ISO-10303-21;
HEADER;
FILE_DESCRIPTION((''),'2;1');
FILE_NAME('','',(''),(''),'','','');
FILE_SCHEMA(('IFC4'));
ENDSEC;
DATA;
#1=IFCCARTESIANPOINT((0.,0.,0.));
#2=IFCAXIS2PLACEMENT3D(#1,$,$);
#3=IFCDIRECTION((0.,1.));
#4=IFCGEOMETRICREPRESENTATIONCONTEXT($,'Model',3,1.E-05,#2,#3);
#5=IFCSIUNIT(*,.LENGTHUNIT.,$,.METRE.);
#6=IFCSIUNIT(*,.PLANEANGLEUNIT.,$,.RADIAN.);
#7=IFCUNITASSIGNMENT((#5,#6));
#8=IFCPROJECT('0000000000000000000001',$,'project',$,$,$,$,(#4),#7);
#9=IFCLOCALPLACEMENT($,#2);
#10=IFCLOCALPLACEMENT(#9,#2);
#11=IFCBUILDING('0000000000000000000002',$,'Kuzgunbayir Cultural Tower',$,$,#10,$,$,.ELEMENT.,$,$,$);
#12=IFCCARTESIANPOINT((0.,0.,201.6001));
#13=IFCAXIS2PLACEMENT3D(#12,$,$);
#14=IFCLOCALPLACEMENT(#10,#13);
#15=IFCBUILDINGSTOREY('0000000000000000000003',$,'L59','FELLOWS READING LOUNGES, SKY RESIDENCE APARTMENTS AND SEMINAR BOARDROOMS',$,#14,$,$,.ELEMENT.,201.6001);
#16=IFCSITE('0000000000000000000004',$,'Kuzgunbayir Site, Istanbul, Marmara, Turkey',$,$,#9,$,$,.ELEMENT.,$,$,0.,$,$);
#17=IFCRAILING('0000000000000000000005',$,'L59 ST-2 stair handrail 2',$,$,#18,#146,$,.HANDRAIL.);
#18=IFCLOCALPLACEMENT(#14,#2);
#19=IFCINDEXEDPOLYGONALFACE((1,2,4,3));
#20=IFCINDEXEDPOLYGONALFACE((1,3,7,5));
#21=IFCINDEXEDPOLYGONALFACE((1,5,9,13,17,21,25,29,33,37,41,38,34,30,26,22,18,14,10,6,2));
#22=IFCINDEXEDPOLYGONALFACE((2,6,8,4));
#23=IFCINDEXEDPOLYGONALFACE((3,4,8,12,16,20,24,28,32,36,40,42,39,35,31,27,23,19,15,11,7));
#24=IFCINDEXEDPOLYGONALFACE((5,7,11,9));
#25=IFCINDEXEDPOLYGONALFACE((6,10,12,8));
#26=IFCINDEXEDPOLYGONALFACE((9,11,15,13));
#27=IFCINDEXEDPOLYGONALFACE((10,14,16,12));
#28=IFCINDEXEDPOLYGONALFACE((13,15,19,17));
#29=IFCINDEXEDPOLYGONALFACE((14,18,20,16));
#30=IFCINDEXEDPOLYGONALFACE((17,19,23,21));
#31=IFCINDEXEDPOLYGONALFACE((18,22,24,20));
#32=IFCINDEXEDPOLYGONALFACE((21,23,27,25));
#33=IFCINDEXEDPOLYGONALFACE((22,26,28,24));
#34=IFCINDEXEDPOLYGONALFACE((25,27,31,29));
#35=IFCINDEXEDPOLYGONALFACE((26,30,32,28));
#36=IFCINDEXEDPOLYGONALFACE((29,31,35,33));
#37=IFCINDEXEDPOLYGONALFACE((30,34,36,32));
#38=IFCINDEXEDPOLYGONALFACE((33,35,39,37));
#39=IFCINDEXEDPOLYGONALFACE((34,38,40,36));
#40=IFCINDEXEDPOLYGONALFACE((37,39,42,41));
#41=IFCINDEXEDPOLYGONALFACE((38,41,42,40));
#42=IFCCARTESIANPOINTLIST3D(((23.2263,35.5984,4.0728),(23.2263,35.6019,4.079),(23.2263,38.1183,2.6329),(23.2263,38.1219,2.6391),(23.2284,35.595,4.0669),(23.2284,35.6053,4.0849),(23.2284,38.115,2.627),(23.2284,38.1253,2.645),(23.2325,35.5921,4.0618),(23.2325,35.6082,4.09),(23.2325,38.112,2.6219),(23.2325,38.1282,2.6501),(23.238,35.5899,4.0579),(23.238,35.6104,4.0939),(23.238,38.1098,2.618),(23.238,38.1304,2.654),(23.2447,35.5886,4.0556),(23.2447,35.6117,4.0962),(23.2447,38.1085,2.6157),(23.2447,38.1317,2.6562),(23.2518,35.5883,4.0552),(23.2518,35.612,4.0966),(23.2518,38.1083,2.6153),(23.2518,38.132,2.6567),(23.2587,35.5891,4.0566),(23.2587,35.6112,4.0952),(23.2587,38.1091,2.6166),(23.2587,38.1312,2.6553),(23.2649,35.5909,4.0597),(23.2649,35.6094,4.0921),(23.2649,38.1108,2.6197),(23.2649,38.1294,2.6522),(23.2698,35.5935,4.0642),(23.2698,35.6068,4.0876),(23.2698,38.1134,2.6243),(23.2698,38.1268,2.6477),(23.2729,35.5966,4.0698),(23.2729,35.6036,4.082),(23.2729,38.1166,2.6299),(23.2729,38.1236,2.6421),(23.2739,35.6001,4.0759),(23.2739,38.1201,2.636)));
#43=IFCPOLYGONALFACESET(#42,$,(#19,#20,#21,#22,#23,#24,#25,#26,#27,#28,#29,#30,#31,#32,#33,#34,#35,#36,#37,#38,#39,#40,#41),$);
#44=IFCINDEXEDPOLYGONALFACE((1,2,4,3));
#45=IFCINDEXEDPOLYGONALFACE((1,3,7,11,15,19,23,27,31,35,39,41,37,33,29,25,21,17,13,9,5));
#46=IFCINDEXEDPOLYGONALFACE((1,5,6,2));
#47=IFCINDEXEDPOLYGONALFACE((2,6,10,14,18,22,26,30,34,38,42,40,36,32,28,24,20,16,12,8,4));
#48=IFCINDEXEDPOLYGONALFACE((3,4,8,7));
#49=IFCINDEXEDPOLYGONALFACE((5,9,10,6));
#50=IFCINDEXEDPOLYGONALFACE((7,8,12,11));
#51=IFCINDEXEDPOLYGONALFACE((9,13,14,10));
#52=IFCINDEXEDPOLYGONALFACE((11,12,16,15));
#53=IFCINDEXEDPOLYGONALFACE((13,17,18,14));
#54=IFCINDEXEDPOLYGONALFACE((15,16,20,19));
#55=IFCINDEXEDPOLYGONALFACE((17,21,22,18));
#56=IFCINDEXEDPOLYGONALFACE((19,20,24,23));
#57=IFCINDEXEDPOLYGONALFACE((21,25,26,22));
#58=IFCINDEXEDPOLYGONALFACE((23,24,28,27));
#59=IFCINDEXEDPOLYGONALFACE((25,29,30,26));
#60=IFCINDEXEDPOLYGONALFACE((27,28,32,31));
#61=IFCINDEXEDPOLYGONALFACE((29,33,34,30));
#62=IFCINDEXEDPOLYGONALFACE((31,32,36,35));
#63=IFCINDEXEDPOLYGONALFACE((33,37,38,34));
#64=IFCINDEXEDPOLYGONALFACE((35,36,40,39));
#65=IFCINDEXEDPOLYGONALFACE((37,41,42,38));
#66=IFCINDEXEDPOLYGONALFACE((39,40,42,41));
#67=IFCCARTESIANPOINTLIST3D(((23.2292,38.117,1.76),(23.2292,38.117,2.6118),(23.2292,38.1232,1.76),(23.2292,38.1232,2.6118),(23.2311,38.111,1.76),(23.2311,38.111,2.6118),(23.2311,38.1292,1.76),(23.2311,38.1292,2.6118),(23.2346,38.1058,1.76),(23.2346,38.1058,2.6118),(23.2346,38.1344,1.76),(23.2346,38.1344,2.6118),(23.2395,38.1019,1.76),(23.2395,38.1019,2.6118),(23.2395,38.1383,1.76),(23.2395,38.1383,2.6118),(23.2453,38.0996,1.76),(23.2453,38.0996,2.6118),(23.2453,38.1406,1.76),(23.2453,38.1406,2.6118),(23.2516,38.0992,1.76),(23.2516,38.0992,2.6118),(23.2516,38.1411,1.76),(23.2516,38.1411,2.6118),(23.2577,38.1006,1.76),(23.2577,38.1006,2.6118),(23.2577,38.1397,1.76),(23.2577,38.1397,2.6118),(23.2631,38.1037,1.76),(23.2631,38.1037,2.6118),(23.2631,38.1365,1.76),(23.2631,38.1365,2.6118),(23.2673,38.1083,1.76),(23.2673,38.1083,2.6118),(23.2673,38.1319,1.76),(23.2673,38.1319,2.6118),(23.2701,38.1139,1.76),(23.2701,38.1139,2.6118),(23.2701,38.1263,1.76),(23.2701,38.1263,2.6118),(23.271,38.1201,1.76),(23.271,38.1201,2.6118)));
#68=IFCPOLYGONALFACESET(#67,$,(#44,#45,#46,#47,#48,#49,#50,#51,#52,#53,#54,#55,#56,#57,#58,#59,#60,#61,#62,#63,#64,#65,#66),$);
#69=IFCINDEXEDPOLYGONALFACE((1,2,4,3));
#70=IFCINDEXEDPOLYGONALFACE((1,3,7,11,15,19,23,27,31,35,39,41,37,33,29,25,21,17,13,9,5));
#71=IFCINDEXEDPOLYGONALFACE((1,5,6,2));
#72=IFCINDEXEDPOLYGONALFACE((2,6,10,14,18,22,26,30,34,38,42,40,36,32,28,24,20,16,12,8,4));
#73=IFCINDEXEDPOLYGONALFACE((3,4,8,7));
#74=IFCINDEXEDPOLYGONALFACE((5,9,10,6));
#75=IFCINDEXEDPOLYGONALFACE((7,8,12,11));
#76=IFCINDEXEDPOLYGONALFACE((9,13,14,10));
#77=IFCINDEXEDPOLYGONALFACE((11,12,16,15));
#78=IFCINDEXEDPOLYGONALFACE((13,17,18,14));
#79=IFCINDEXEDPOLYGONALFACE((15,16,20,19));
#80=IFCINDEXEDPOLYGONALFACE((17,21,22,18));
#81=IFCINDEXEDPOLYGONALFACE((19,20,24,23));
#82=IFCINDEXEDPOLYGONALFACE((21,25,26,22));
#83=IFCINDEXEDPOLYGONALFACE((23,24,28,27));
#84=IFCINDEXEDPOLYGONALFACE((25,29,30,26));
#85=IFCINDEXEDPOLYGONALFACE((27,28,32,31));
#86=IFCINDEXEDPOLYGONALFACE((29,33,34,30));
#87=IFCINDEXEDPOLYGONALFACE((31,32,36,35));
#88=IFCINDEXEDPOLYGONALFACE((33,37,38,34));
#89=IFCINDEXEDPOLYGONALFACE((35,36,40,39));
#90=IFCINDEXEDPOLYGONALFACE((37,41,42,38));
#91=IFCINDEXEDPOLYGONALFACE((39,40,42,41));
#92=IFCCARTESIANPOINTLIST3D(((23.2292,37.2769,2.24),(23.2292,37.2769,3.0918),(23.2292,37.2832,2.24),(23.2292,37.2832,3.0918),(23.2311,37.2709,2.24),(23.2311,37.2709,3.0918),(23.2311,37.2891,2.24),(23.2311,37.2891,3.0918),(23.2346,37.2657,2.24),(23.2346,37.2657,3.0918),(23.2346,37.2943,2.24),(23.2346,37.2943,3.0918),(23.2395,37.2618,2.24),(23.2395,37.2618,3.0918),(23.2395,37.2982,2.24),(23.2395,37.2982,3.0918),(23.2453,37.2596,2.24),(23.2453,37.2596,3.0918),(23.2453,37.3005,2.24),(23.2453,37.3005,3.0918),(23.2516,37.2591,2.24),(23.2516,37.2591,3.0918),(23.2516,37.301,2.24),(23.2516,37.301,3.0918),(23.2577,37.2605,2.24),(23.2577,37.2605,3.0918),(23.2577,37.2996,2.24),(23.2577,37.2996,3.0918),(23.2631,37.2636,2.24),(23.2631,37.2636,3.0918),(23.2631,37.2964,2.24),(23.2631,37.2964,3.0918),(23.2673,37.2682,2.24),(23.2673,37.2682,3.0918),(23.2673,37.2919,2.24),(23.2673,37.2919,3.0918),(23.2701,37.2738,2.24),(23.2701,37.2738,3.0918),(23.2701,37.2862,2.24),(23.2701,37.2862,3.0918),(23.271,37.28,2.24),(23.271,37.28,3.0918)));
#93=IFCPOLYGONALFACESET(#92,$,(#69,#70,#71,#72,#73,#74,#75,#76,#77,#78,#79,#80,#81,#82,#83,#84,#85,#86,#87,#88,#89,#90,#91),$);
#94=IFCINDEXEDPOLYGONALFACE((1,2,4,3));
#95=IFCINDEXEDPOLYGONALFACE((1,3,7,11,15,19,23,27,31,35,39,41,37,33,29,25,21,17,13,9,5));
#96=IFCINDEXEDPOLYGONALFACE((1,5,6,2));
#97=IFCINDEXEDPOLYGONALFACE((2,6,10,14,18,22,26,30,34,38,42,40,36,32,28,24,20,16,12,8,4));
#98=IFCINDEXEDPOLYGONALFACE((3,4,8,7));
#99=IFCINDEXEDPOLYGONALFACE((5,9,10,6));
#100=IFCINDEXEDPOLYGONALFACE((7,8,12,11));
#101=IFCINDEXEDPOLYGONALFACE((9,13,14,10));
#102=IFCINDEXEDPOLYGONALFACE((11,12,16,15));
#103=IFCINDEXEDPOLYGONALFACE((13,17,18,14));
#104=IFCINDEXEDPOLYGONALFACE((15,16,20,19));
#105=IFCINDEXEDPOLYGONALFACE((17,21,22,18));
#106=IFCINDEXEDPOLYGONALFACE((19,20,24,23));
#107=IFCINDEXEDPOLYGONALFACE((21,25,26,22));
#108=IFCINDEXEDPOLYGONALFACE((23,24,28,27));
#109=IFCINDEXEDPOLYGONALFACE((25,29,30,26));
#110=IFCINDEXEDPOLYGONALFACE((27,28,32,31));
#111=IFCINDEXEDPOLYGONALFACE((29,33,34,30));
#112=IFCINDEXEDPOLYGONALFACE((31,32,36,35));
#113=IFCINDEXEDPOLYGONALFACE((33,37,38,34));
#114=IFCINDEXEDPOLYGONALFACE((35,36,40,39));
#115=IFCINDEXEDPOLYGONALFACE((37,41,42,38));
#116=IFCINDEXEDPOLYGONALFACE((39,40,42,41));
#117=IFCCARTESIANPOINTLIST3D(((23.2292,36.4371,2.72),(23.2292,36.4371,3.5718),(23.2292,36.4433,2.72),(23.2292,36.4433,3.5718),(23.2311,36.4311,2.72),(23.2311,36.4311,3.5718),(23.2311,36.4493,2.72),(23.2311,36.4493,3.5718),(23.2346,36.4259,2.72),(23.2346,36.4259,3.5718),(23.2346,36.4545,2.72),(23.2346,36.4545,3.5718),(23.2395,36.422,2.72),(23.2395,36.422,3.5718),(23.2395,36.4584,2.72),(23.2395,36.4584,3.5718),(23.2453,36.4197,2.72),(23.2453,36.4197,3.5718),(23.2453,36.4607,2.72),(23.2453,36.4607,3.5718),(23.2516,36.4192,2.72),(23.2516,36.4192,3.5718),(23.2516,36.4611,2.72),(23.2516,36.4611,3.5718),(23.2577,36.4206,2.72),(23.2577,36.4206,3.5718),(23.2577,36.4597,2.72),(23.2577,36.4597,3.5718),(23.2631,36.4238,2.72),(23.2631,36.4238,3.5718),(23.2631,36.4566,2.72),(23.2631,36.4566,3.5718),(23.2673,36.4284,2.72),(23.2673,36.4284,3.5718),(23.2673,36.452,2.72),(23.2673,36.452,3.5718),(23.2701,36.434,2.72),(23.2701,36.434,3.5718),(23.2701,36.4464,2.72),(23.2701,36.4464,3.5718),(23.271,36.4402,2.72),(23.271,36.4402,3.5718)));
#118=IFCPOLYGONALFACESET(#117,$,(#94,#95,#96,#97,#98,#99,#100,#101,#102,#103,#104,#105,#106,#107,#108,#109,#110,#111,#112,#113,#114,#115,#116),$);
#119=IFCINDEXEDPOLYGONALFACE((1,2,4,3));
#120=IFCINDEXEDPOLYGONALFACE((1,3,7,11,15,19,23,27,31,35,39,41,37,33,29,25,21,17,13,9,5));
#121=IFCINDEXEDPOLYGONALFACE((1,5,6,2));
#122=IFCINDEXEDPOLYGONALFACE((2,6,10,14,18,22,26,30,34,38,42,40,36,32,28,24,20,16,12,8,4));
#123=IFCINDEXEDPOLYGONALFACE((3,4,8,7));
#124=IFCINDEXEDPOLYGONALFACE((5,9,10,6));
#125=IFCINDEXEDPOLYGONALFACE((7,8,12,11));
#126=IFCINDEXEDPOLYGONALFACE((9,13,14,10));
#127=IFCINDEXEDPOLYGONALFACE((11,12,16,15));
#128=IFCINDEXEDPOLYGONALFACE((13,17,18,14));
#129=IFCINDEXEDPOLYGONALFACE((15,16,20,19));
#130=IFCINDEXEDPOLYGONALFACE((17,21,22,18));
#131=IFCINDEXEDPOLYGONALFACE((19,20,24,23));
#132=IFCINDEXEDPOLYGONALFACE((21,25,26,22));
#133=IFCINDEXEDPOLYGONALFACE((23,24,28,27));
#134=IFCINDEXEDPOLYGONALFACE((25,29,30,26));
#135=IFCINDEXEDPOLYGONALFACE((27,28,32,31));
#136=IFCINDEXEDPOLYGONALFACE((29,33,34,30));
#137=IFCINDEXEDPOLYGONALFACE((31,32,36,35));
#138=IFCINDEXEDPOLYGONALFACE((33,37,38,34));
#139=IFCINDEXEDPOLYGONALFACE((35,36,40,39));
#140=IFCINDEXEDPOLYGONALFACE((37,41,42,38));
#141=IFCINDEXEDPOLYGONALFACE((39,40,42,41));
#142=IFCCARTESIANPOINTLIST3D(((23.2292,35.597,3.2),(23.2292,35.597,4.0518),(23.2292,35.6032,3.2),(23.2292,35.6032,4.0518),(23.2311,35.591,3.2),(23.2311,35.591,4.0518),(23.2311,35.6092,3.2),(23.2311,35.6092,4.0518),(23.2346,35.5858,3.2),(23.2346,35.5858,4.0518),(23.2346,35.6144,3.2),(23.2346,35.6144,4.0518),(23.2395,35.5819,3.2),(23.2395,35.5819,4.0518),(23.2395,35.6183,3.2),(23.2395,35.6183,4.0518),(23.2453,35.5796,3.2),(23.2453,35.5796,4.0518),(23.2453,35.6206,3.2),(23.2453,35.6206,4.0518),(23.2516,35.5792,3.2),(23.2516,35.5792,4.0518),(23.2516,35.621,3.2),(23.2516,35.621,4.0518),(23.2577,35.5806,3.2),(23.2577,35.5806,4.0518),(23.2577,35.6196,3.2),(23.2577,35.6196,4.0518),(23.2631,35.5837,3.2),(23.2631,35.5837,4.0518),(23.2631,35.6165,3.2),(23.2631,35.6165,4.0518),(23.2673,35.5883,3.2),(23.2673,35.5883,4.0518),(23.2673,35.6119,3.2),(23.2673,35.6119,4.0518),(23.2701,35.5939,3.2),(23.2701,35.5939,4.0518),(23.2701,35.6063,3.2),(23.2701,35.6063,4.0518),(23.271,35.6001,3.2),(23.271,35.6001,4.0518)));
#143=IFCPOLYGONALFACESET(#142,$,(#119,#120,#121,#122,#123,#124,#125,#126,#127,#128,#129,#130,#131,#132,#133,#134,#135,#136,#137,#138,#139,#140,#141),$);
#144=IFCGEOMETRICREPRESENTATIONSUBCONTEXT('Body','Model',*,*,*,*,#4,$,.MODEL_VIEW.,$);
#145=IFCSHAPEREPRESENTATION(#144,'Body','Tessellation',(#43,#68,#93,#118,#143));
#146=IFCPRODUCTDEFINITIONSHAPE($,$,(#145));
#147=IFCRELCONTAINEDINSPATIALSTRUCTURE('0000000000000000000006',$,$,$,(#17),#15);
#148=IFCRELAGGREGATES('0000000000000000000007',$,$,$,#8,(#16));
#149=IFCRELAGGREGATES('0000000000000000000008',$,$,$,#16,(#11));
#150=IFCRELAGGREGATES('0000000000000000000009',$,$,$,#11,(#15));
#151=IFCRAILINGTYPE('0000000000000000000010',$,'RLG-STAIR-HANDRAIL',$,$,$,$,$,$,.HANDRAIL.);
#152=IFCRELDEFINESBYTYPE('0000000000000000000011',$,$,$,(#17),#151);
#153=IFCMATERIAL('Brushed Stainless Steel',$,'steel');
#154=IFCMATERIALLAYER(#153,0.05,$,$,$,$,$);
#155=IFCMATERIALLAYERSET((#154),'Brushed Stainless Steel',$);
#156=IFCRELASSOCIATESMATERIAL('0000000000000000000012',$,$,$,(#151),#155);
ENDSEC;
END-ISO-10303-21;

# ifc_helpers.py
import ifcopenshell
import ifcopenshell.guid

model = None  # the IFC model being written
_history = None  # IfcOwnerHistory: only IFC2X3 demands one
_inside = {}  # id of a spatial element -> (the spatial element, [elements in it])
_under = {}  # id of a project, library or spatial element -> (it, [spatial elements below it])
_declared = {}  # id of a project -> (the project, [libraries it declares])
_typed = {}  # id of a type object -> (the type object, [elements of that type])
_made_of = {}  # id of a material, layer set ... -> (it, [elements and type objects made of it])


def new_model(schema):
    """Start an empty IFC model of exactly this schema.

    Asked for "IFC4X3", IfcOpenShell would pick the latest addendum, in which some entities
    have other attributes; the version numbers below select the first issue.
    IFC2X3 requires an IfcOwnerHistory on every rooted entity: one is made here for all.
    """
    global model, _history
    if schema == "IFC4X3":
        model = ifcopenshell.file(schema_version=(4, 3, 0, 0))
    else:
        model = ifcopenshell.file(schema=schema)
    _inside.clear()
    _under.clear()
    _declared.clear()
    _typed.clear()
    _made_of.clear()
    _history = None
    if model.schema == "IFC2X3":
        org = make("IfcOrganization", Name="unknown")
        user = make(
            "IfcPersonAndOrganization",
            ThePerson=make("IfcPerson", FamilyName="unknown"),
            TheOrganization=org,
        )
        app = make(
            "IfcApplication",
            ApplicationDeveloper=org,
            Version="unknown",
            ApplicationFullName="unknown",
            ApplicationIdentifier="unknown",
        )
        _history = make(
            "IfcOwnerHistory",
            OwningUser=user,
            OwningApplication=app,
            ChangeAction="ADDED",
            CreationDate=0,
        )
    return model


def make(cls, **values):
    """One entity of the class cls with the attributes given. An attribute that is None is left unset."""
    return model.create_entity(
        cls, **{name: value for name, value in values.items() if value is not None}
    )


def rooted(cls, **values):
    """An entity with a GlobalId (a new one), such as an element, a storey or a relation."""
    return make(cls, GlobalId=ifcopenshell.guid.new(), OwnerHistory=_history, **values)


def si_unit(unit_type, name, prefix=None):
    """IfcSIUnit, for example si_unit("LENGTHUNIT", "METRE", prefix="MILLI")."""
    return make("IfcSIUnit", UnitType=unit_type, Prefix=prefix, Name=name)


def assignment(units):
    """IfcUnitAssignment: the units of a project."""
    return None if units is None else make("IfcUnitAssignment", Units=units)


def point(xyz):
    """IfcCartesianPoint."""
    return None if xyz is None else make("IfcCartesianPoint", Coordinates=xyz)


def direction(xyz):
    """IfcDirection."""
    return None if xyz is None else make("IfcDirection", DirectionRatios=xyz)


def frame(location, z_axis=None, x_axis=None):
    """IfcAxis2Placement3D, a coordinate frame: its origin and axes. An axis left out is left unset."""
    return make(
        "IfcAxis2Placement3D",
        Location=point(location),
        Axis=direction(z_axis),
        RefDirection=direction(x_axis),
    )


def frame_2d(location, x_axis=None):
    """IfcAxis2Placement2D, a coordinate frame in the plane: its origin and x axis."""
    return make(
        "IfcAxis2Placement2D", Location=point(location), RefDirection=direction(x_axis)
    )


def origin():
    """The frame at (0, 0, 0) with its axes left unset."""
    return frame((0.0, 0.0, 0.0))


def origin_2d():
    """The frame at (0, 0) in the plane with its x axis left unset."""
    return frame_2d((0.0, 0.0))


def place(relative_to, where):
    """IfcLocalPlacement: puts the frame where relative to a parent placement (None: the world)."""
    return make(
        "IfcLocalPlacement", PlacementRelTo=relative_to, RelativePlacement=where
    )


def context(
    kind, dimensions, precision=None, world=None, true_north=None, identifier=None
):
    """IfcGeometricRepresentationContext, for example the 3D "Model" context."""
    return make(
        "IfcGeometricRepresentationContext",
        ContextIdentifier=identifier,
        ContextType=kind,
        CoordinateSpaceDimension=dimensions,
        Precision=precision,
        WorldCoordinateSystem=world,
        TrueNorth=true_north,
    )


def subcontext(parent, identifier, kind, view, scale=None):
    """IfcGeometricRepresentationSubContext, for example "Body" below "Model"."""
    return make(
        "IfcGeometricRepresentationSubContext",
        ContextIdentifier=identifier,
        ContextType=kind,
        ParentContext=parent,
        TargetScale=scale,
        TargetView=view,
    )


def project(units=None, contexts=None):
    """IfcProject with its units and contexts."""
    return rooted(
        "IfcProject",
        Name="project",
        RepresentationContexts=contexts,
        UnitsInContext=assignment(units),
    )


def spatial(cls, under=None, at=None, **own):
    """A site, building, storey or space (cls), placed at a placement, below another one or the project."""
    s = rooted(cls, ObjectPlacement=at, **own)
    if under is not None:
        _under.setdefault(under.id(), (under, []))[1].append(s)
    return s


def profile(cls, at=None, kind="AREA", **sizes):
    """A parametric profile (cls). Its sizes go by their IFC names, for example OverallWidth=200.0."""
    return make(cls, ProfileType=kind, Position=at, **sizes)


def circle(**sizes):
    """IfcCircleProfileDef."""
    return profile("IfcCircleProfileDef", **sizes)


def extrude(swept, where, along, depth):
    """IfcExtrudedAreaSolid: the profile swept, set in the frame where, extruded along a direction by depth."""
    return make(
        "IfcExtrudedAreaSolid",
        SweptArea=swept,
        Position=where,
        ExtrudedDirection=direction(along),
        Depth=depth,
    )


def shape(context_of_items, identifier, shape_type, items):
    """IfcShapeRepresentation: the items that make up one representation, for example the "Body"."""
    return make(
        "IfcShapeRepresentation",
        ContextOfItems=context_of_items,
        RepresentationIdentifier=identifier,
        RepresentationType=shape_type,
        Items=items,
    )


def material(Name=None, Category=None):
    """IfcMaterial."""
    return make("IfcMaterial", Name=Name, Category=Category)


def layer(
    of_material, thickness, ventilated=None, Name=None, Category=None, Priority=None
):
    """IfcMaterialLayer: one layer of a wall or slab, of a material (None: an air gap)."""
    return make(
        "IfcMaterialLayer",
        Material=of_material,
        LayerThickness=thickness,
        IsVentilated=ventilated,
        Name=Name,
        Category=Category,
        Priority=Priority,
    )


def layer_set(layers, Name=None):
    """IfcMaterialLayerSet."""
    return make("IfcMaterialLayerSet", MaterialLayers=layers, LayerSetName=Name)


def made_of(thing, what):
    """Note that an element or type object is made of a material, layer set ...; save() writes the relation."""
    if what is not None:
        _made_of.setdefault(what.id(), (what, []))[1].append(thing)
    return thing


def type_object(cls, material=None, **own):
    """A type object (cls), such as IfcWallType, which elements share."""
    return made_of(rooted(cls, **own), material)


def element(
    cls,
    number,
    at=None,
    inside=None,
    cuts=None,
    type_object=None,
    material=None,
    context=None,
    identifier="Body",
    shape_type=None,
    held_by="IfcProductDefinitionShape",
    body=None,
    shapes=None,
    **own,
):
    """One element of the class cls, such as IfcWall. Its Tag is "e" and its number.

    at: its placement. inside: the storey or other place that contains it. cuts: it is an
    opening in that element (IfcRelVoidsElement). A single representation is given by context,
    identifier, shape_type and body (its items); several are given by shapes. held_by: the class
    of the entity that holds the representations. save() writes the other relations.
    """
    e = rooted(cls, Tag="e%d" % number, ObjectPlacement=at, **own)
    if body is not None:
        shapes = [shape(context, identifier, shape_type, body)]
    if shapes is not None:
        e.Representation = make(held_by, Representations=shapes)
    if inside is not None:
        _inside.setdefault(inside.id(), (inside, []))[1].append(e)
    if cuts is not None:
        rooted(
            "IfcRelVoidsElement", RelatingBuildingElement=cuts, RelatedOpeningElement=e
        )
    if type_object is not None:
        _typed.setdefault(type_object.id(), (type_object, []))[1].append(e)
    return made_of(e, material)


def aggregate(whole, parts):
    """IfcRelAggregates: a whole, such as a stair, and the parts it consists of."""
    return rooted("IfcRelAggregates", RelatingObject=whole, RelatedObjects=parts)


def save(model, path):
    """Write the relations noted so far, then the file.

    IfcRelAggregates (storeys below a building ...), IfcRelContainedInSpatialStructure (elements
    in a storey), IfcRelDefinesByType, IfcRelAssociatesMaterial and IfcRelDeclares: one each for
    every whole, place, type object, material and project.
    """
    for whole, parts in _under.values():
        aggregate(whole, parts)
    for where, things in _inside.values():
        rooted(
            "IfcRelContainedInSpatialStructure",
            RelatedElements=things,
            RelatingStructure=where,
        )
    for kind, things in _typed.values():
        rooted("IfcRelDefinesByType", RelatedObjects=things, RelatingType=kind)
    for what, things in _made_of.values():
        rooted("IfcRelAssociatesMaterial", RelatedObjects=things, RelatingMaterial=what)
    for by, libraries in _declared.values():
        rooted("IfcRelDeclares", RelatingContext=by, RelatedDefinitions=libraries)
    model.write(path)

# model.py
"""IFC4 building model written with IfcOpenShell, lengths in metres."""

from ifc_helpers import new_model, si_unit, direction, frame, origin, origin_2d, place, context, subcontext, project, spatial, circle, extrude, material, layer, layer_set, type_object, element, save


model = new_model("IFC4")

# Units and contexts
model_context = context("Model", 3, precision=1e-05, world=origin(), true_north=direction((0.0, 1.0)))
body_context = subcontext(model_context, "Body", "Model", "MODEL_VIEW")
ifc_project = project(units=[si_unit("LENGTHUNIT", "METRE"), si_unit("PLANEANGLEUNIT", "RADIAN")], contexts=[model_context])

# Site, building, storey
site_placement = place(None, origin())
site = spatial("IfcSite", under=ifc_project, at=site_placement, Name="Kuzgunbayir Site, Istanbul, Marmara, Turkey", CompositionType="ELEMENT", RefElevation=0.0)
building_placement = place(site_placement, origin())
building = spatial("IfcBuilding", under=site, at=building_placement, Name="Kuzgunbayir Cultural Tower", CompositionType="ELEMENT")
storey_placement = place(building_placement, frame((0.0, 0.0, 201.6001)))
storey = spatial("IfcBuildingStorey", under=building, at=storey_placement, Name="L59", Description="FELLOWS READING LOUNGES, SKY RESIDENCE APARTMENTS AND SEMINAR BOARDROOMS", CompositionType="ELEMENT", Elevation=201.6001)

# Shared definitions
ifc_material_1 = material(Name="Brushed Stainless Steel", Category="steel")

# Railing
ifc_layer_1 = layer(ifc_material_1, 0.05)
ifc_layer_set_1 = layer_set([ifc_layer_1], Name="Brushed Stainless Steel")
railing_type_1 = type_object("IfcRailingType", Name="RLG-STAIR-HANDRAIL", PredefinedType="HANDRAIL", material=ifc_layer_set_1)
railing_1_placement = place(storey_placement, frame((23.25, 38.1201, 1.76)))
element("IfcRailing", 1, at=railing_1_placement, inside=storey, type_object=railing_type_1, Name="L59 ST-2 stair handrail 2", PredefinedType="HANDRAIL", context=body_context, shape_type="SweptSolid", body=[
    extrude(circle(Radius=0.0239, at=origin_2d()), frame((0.0, 0.0, 0.876), z_axis=(0.0, -0.868253, 0.496121), x_axis=(1.0, 0.0, 0.0)), (0.0, 0.0, 1.0), 2.9023),
    extrude(circle(Radius=0.021, at=origin_2d()), origin(), (0.0, 0.0, 1.0), 0.8518),
    extrude(circle(Radius=0.021, at=origin_2d()), frame((0.0, -0.8401, 0.48)), (0.0, 0.0, 1.0), 0.8518),
    extrude(circle(Radius=0.021, at=origin_2d()), frame((0.0, -1.6799, 0.96)), (0.0, 0.0, 1.0), 0.8518),
    extrude(circle(Radius=0.021, at=origin_2d()), frame((0.0, -2.52, 1.4399)), (0.0, 0.0, 1.0), 0.8518),
])

save(model, "model.ifc")
